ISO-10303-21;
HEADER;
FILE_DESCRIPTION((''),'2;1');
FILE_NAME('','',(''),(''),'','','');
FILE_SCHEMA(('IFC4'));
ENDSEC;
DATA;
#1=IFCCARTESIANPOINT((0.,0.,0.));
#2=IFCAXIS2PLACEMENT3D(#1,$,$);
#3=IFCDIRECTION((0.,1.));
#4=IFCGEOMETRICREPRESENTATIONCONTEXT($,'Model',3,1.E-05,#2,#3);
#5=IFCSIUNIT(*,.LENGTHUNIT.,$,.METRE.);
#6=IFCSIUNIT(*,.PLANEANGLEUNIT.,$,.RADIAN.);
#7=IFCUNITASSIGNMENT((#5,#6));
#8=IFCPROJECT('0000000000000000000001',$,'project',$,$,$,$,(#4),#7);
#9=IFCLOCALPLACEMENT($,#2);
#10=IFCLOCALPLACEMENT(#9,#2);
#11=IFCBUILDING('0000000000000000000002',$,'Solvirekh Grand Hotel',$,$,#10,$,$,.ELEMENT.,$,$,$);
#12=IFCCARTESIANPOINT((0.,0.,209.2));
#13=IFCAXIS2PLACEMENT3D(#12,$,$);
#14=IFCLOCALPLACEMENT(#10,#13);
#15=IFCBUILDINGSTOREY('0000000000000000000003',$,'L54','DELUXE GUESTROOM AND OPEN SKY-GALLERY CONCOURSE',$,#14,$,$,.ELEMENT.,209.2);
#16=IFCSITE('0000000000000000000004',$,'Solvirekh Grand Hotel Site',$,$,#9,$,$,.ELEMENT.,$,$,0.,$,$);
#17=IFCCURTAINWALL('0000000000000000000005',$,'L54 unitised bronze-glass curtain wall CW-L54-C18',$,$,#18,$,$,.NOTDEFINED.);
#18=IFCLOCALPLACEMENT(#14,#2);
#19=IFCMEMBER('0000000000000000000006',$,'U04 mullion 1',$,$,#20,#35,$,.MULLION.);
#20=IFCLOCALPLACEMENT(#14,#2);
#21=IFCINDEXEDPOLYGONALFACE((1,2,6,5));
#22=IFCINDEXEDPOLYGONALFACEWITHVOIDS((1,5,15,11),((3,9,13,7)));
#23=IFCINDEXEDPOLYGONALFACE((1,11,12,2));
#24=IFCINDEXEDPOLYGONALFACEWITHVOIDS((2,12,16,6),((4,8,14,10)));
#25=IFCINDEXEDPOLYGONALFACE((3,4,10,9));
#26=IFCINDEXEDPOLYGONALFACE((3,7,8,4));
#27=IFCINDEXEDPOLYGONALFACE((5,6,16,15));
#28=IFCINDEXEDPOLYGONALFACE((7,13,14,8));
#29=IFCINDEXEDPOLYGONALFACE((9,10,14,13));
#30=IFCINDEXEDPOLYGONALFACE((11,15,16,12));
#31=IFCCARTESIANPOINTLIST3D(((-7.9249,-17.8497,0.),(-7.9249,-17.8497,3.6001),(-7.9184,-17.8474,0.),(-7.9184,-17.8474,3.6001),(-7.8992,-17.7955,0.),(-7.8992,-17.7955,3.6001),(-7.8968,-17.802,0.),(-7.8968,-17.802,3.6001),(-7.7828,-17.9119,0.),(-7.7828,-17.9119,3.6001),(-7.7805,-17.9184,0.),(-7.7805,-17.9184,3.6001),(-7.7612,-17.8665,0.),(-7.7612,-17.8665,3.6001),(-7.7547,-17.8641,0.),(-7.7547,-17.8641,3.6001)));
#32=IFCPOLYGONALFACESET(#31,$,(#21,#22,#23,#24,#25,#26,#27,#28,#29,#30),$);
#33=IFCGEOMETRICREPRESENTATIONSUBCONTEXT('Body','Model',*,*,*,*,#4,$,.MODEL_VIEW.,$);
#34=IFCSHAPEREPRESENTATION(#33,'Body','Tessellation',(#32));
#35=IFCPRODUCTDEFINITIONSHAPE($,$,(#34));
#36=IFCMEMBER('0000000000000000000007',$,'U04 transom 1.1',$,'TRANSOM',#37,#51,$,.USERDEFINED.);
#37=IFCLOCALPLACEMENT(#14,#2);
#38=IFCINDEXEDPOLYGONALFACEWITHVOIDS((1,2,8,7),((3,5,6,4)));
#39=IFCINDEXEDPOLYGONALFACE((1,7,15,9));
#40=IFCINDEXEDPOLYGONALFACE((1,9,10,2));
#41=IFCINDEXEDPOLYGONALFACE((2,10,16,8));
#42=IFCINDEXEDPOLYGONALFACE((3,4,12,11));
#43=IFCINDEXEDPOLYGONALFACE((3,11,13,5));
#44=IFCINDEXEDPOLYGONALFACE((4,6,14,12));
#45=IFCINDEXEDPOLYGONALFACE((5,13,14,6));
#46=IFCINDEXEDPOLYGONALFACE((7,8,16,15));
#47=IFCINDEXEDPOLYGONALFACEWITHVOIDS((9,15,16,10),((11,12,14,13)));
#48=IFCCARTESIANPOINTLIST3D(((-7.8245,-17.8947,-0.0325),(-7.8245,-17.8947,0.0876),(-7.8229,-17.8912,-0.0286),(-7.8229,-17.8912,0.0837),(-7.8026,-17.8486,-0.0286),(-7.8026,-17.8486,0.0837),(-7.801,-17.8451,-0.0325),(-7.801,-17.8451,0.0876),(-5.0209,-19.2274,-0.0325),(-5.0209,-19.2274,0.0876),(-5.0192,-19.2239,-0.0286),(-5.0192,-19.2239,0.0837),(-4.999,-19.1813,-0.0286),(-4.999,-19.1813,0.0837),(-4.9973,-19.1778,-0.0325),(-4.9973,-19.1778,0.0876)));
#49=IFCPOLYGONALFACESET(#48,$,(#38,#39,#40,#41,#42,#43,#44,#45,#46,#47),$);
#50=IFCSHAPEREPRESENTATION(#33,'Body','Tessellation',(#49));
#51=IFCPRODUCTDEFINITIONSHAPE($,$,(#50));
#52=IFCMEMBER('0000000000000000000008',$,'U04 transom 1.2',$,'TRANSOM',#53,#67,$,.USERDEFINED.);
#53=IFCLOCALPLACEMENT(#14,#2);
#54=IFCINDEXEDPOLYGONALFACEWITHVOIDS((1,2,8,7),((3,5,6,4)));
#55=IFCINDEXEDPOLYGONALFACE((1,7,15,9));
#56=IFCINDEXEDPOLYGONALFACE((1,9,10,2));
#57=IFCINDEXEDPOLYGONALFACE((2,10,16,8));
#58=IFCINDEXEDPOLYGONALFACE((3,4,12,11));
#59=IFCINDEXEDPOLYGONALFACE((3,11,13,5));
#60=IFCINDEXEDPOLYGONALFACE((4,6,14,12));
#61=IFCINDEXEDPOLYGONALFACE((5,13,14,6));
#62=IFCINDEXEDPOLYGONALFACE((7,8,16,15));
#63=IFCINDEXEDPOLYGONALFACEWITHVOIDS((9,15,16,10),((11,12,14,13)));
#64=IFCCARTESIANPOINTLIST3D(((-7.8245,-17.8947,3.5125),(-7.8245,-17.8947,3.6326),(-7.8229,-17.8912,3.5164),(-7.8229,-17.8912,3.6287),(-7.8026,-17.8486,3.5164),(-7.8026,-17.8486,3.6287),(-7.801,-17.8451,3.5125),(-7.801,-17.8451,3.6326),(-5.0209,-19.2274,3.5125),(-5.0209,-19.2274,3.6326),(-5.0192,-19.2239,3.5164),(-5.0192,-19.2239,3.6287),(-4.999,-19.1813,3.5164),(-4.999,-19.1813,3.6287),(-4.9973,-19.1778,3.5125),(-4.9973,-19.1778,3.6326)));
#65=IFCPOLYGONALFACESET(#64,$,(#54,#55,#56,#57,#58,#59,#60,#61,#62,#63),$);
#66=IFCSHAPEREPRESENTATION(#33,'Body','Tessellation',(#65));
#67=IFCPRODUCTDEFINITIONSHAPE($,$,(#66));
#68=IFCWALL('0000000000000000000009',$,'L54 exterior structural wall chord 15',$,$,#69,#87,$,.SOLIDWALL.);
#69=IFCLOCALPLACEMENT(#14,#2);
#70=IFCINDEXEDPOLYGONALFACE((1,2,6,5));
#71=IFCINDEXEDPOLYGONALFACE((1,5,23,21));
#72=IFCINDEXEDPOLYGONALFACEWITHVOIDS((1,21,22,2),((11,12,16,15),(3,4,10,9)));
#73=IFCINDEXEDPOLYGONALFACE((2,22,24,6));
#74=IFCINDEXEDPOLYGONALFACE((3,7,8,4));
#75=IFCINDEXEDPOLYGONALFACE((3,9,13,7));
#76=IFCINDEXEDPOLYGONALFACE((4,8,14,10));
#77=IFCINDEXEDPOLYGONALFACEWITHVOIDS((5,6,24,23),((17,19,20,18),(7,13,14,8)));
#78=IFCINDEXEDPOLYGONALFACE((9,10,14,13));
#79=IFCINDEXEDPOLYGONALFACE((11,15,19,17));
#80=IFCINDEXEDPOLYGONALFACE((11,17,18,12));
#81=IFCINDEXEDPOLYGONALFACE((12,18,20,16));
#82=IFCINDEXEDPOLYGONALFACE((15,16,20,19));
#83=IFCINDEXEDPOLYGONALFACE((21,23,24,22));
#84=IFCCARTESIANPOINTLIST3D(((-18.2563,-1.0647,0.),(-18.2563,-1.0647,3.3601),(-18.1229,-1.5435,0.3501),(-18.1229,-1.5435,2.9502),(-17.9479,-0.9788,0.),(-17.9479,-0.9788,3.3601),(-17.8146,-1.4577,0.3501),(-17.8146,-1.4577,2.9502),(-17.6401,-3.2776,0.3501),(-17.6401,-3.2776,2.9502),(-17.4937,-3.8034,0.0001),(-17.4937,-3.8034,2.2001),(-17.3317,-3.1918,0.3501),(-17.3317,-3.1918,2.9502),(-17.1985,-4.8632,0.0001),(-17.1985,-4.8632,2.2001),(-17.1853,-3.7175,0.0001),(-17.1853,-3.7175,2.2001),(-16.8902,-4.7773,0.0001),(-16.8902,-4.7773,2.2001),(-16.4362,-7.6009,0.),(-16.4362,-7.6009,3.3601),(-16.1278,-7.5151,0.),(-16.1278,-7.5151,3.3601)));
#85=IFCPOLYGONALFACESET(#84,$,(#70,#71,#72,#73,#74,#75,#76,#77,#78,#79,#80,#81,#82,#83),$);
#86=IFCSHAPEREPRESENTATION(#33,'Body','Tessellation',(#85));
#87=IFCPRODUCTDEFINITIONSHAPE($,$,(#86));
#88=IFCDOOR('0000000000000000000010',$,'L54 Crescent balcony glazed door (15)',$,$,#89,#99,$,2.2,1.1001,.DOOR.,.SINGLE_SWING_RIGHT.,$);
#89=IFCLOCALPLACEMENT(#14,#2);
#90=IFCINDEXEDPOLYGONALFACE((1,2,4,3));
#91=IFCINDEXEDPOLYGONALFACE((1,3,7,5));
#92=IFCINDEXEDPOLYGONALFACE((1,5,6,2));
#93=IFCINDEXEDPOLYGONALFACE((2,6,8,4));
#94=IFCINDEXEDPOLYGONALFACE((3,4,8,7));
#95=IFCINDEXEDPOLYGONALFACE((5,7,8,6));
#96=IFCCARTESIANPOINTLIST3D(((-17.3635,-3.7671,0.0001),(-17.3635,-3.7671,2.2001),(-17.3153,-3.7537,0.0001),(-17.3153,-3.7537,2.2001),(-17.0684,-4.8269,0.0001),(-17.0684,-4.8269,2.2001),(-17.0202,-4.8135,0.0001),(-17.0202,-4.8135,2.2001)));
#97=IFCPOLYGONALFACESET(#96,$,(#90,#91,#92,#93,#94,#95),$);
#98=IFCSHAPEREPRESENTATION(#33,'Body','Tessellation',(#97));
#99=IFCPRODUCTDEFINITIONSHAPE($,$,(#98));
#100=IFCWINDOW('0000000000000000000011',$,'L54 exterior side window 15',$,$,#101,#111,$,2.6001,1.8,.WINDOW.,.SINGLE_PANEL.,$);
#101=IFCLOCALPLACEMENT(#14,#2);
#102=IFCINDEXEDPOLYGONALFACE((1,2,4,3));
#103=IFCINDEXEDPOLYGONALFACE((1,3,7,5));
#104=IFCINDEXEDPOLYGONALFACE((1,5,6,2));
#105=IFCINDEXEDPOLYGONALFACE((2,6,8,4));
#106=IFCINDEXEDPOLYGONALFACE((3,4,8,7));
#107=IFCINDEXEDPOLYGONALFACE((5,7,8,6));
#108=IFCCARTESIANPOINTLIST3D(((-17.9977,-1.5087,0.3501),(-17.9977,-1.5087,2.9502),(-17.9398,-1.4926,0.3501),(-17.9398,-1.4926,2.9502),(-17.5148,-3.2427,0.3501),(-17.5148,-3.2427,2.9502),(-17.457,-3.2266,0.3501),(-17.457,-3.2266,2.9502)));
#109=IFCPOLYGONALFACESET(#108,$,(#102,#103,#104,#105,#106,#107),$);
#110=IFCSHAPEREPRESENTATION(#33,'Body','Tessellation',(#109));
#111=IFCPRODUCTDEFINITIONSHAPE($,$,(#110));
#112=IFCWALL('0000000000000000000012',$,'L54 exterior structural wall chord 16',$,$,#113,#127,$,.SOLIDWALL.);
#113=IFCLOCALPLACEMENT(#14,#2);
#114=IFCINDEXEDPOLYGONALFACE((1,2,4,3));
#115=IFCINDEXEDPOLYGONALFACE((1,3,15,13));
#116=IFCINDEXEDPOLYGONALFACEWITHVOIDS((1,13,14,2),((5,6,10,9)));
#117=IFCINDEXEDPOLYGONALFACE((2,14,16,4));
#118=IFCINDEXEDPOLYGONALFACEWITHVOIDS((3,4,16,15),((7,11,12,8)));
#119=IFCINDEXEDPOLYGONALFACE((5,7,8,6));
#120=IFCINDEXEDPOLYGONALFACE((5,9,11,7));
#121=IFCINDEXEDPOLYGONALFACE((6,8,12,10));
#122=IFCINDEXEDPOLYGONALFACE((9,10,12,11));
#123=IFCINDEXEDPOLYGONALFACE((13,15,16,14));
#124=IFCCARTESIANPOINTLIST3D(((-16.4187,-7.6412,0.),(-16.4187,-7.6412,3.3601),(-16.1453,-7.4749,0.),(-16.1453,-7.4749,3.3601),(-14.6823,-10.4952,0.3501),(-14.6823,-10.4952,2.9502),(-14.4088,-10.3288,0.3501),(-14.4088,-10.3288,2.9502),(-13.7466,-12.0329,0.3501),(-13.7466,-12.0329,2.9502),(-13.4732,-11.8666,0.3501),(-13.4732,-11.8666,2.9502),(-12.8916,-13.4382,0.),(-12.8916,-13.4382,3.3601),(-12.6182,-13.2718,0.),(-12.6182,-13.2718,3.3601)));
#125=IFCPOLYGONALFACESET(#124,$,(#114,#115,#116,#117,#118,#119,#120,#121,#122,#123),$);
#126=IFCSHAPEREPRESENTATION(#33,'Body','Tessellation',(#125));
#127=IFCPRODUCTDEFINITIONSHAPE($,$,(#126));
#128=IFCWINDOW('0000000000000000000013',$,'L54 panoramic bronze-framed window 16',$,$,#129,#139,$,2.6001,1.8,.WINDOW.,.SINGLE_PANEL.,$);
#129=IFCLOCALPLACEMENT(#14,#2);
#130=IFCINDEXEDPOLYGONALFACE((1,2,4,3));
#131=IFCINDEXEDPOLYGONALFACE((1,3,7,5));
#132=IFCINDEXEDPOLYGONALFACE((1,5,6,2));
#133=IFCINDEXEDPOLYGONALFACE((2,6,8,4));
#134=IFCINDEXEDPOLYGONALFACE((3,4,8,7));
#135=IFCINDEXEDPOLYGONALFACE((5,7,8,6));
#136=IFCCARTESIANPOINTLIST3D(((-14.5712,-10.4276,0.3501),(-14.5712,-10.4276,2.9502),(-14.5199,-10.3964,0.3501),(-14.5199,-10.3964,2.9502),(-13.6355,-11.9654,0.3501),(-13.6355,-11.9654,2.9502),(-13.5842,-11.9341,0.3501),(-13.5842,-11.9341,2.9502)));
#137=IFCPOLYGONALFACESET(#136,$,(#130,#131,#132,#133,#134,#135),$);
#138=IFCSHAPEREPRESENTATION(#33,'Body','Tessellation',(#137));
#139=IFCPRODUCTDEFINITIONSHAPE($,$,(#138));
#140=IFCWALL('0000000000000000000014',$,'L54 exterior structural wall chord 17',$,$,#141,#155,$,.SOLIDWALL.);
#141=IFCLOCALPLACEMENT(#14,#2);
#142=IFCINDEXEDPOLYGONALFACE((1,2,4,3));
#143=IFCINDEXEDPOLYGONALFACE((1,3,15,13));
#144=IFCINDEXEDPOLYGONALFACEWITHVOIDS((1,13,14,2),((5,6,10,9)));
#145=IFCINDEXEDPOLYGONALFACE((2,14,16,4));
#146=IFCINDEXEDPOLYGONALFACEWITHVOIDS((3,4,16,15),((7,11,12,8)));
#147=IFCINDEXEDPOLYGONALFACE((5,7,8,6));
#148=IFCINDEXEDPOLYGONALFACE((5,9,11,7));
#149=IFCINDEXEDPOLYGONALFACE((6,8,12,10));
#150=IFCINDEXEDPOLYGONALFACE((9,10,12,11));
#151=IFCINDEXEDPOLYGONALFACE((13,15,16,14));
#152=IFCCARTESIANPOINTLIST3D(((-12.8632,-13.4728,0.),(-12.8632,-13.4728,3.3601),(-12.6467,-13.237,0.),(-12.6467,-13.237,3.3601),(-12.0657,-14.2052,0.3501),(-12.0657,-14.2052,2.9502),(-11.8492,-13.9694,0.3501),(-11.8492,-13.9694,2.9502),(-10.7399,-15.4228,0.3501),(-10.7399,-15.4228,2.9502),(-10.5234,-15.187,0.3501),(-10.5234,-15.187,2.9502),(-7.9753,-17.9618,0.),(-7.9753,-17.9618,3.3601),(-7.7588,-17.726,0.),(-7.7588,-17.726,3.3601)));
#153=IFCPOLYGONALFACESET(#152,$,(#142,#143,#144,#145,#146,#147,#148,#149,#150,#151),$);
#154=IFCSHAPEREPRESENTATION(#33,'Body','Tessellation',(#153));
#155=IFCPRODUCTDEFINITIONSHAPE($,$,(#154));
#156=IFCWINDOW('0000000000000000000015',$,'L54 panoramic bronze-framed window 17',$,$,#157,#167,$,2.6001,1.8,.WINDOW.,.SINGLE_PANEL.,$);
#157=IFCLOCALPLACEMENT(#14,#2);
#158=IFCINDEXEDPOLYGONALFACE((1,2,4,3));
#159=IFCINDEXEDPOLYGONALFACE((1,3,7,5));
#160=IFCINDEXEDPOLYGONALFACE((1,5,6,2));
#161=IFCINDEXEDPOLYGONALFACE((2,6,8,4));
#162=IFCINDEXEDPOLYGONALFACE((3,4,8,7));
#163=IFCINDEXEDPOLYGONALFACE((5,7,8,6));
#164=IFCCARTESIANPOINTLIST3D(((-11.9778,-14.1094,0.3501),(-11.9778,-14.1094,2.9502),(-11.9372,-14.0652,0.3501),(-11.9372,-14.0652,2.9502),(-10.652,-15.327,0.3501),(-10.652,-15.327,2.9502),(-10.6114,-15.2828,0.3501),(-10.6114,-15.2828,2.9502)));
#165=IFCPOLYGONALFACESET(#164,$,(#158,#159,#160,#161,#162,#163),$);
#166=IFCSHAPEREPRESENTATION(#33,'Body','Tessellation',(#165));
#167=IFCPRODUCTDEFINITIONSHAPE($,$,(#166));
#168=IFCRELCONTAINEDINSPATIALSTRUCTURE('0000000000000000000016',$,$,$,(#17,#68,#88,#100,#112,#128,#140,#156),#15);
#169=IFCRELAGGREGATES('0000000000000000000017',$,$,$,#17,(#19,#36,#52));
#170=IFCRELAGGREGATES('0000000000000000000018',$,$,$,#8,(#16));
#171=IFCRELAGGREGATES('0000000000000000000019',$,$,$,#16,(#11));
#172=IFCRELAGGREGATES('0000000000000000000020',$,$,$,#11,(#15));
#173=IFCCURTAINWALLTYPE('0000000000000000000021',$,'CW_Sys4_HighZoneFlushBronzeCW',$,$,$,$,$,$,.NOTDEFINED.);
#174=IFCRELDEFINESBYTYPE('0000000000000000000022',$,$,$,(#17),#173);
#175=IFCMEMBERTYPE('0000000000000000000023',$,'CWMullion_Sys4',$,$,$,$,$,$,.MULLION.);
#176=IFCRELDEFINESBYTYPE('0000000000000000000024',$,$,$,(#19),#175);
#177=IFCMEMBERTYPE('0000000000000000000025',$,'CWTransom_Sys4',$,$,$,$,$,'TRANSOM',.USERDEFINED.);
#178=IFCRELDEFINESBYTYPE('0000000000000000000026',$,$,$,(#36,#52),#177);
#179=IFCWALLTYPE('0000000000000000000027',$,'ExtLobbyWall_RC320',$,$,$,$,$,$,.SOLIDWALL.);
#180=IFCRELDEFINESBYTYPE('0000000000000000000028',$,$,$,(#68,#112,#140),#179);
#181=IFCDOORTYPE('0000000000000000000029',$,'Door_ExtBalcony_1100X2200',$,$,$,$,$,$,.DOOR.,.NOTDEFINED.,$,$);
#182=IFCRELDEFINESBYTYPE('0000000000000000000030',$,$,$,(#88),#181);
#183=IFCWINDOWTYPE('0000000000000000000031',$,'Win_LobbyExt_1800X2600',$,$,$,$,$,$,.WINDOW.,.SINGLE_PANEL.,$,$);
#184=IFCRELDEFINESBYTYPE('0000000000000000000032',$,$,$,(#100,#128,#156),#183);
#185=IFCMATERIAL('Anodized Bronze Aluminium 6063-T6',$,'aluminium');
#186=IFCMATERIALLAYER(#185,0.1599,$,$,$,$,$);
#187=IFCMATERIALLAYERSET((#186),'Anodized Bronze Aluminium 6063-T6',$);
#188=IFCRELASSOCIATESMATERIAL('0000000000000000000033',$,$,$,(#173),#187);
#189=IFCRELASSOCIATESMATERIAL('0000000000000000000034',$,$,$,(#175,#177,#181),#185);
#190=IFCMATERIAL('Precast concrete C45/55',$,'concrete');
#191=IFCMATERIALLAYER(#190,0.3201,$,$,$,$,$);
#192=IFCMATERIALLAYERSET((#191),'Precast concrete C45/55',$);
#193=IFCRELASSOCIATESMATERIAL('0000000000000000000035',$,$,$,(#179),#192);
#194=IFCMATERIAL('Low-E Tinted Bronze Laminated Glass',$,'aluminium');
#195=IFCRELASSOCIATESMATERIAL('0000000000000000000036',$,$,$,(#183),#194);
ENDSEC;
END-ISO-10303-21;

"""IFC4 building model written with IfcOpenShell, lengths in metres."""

from ifc_helpers import new_model, si_unit, direction, frame, frame_2d, origin, origin_2d, place, context, subcontext, project, spatial, rectangle, hollow_rectangle, extrude, source, transform, mapped, material, layer, layer_set, material_profile, profile_set, type_object, element, fill, aggregate, save


model = new_model("IFC4")

# Units and contexts
model_context = context("Model", 3, precision=1e-05, world=origin(), true_north=direction((0.0, 1.0)))
body_context = subcontext(model_context, "Body", "Model", "MODEL_VIEW")
ifc_project = project(units=[si_unit("LENGTHUNIT", "METRE"), si_unit("PLANEANGLEUNIT", "RADIAN")], contexts=[model_context])

# Site, building, storey
site_placement = place(None, origin())
site = spatial("IfcSite", under=ifc_project, at=site_placement, Name="Solvirekh Grand Hotel Site", CompositionType="ELEMENT", RefElevation=0.0)
building_placement = place(site_placement, origin())
building = spatial("IfcBuilding", under=site, at=building_placement, Name="Solvirekh Grand Hotel", CompositionType="ELEMENT")
storey_placement = place(building_placement, frame((0.0, 0.0, 209.2)))
storey = spatial("IfcBuildingStorey", under=building, at=storey_placement, Name="L54", Description="DELUXE GUESTROOM AND OPEN SKY-GALLERY CONCOURSE", CompositionType="ELEMENT", Elevation=209.2)

# Curtain wall, members
ifc_material_1 = material(Name="Anodized Bronze Aluminium 6063-T6", Category="aluminium")
ifc_layer_1 = layer(ifc_material_1, 0.1599)
ifc_layer_set_1 = layer_set([ifc_layer_1], Name="Anodized Bronze Aluminium 6063-T6")
curtain_wall_type = type_object("IfcCurtainWallType", Name="CW_Sys4_HighZoneFlushBronzeCW", PredefinedType="NOTDEFINED", material=ifc_layer_set_1)
curtain_wall_placement = place(storey_placement, origin())
curtain_wall = element("IfcCurtainWall", 1, at=curtain_wall_placement, inside=storey, type_object=curtain_wall_type, Name="L54 unitised bronze-glass curtain wall CW-L54-C18", PredefinedType="NOTDEFINED")
ifc_material_profile_1 = material_profile(ifc_material_1, hollow_rectangle(XDim=0.0601, YDim=0.1599, WallThickness=0.0049, at=origin_2d()), Name="ALU RHS 160X60X5")
ifc_profile_set_1 = profile_set([ifc_material_profile_1], Name="Anodized Bronze Aluminium 6063-T6")
member_type_1 = type_object("IfcMemberType", Name="CWMullion_Sys4", PredefinedType="MULLION", material=ifc_profile_set_1)
shared_shape_1 = source(origin(), body_context, "Body", "SweptSolid", [
    extrude(hollow_rectangle(XDim=0.0601, YDim=0.1599, WallThickness=0.0049, at=origin_2d()), origin(), (0.0, 0.0, 1.0), 3.6001),
])
member_1_placement = place(storey_placement, frame((-7.8398, -17.8569, 0.0), z_axis=(0.0, 0.0, 1.0), x_axis=(0.429344, 0.903141, 0.0)))
member_1 = element("IfcMember", 2, at=member_1_placement, type_object=member_type_1, Name="U04 mullion 1", PredefinedType="MULLION", context=body_context, shape_type="MappedRepresentation", body=[
    mapped(shared_shape_1, transform((0.0, 0.0, 0.0), x_axis=(1.0, 0.0, 0.0), y_axis=(0.0, 1.0, 0.0), z_axis=(0.0, 0.0, 1.0), scale=1.0)),
])
ifc_material_profile_2 = material_profile(ifc_material_1, hollow_rectangle(XDim=0.0549, YDim=0.1201, WallThickness=0.0039, at=origin_2d()), Name="ALU RHS 120X55X4")
ifc_profile_set_2 = profile_set([ifc_material_profile_2], Name="Anodized Bronze Aluminium 6063-T6")
member_type_2 = type_object("IfcMemberType", Name="CWTransom_Sys4", ElementType="TRANSOM", PredefinedType="USERDEFINED", material=ifc_profile_set_2)
shared_shape_2 = source(origin(), body_context, "Body", "SweptSolid", [
    extrude(hollow_rectangle(XDim=0.0549, YDim=0.1201, WallThickness=0.0039, at=origin_2d()), origin(), (0.0, 0.0, 1.0), 3.1042),
])
member_2_placement = place(storey_placement, frame((-7.8127, -17.8699, 0.0276), z_axis=(0.903153, -0.42932, 0.0), x_axis=(0.42932, 0.903153, 0.0)))
member_2 = element("IfcMember", 3, at=member_2_placement, type_object=member_type_2, Name="U04 transom 1.1", ObjectType="TRANSOM", PredefinedType="USERDEFINED", context=body_context, shape_type="MappedRepresentation", body=[
    mapped(shared_shape_2, transform((0.0, 0.0, 0.0), x_axis=(1.0, 0.0, 0.0), y_axis=(0.0, 1.0, 0.0), z_axis=(0.0, 0.0, 1.0), scale=1.0)),
])
member_3_placement = place(storey_placement, frame((-7.8127, -17.8699, 3.5725), z_axis=(0.903153, -0.42932, 0.0), x_axis=(0.42932, 0.903153, 0.0)))
member_3 = element("IfcMember", 4, at=member_3_placement, type_object=member_type_2, Name="U04 transom 1.2", ObjectType="TRANSOM", PredefinedType="USERDEFINED", context=body_context, shape_type="MappedRepresentation", body=[
    mapped(shared_shape_2, transform((0.0, 0.0, 0.0), x_axis=(1.0, 0.0, 0.0), y_axis=(0.0, 1.0, 0.0), z_axis=(0.0, 0.0, 1.0), scale=1.0)),
])
aggregate(curtain_wall, [member_1, member_2, member_3])

# Wall, openings, door, window
ifc_material_2 = material(Name="Precast concrete C45/55", Category="concrete")
ifc_layer_2 = layer(ifc_material_2, 0.3201)
ifc_layer_set_2 = layer_set([ifc_layer_2], Name="Precast concrete C45/55")
wall_type_1 = type_object("IfcWallType", Name="ExtLobbyWall_RC320", PredefinedType="SOLIDWALL", material=ifc_layer_set_2)
wall_1_placement = place(storey_placement, frame((-16.282, -7.5581, 0.0), z_axis=(0.0, 0.0, 1.0), x_axis=(-0.268256, 0.963348, 0.0)))
wall_1 = element("IfcWall", 5, at=wall_1_placement, inside=storey, type_object=wall_type_1, Name="L54 exterior structural wall chord 15", PredefinedType="SOLIDWALL", context=body_context, shape_type="SweptSolid", body=[
    extrude(rectangle(XDim=6.7849, YDim=0.3201, at=frame_2d((3.3926, 0.0))), origin(), (0.0, 0.0, 1.0), 3.3601),
])
opening_1_placement = place(wall_1_placement, frame((4.488, 0.0, 0.3501)))
opening_1 = element("IfcOpeningElement", 6, at=opening_1_placement, cuts=wall_1, PredefinedType="OPENING", context=body_context, shape_type="SweptSolid", body=[
    extrude(rectangle(XDim=1.8, YDim=2.6001, at=frame_2d((0.8999, 1.3))), frame((0.0, 0.1699, 0.0), z_axis=(0.0, -1.0, 0.0), x_axis=(1.0, 0.0, 0.0)), (0.0, 0.0, 1.0), 0.3401),
])
opening_2_placement = place(wall_1_placement, frame((2.842, 0.0, 0.0)))
opening_2 = element("IfcOpeningElement", 7, at=opening_2_placement, cuts=wall_1, PredefinedType="OPENING", context=body_context, shape_type="SweptSolid", body=[
    extrude(rectangle(XDim=1.1001, YDim=2.2, at=frame_2d((0.55, 1.1001))), frame((0.0, 0.1699, 0.0), z_axis=(0.0, -1.0, 0.0), x_axis=(1.0, 0.0, 0.0)), (0.0, 0.0, 1.0), 0.3401),
])
door_type_1 = type_object("IfcDoorType", Name="Door_ExtBalcony_1100X2200", OperationType="NOTDEFINED", PredefinedType="DOOR", material=ifc_material_1)
door_1_placement = place(opening_2_placement, origin())
door_1 = element("IfcDoor", 8, at=door_1_placement, inside=storey, type_object=door_type_1, Name="L54 Crescent balcony glazed door (15)", OperationType="SINGLE_SWING_RIGHT", OverallHeight=2.2, OverallWidth=1.1001, PredefinedType="DOOR", context=body_context, shape_type="SweptSolid", body=[
    extrude(rectangle(XDim=1.1001, YDim=2.2, at=frame_2d((0.55, 1.1001))), frame((0.0, 0.0249, 0.0), z_axis=(0.0, -1.0, 0.0), x_axis=(1.0, 0.0, 0.0)), (0.0, 0.0, 1.0), 0.05),
])
fill(opening_2, door_1)
ifc_material_3 = material(Name="Low-E Tinted Bronze Laminated Glass", Category="aluminium")
window_type = type_object("IfcWindowType", Name="Win_LobbyExt_1800X2600", PartitioningType="SINGLE_PANEL", PredefinedType="WINDOW", material=ifc_material_3)
window_1_placement = place(opening_1_placement, origin())
window_1 = element("IfcWindow", 9, at=window_1_placement, inside=storey, type_object=window_type, Name="L54 exterior side window 15", OverallHeight=2.6001, OverallWidth=1.8, PartitioningType="SINGLE_PANEL", PredefinedType="WINDOW", context=body_context, shape_type="SweptSolid", body=[
    extrude(rectangle(XDim=1.8, YDim=2.6001, at=frame_2d((0.8999, 1.3))), frame((0.0, 0.03, 0.0), z_axis=(0.0, -1.0, 0.0), x_axis=(1.0, 0.0, 0.0)), (0.0, 0.0, 1.0), 0.0601),
])
fill(opening_1, window_1)

# Walls, openings, windows
wall_2_placement = place(storey_placement, frame((-12.7549, -13.355, 0.0), z_axis=(0.0, 0.0, 1.0), x_axis=(-0.519793, 0.854292, 0.0)))
wall_2 = element("IfcWall", 10, at=wall_2_placement, inside=storey, type_object=wall_type_1, Name="L54 exterior structural wall chord 16", PredefinedType="SOLIDWALL", context=body_context, shape_type="SweptSolid", body=[
    extrude(rectangle(XDim=6.7856, YDim=0.3201, at=frame_2d((3.3928, 0.0))), origin(), (0.0, 0.0, 1.0), 3.3601),
])
opening_3_placement = place(wall_2_placement, frame((1.645, 0.0, 0.3501)))
opening_3 = element("IfcOpeningElement", 11, at=opening_3_placement, cuts=wall_2, PredefinedType="OPENING", context=body_context, shape_type="SweptSolid", body=[
    extrude(rectangle(XDim=1.8, YDim=2.6001, at=frame_2d((0.8999, 1.3))), frame((0.0, 0.1699, 0.0), z_axis=(0.0, -1.0, 0.0), x_axis=(1.0, 0.0, 0.0)), (0.0, 0.0, 1.0), 0.3401),
])
window_2_placement = place(opening_3_placement, origin())
window_2 = element("IfcWindow", 12, at=window_2_placement, inside=storey, type_object=window_type, Name="L54 panoramic bronze-framed window 16", OverallHeight=2.6001, OverallWidth=1.8, PartitioningType="SINGLE_PANEL", PredefinedType="WINDOW", context=body_context, shape_type="SweptSolid", body=[
    extrude(rectangle(XDim=1.8, YDim=2.6001, at=frame_2d((0.8999, 1.3))), frame((0.0, 0.03, 0.0), z_axis=(0.0, -1.0, 0.0), x_axis=(1.0, 0.0, 0.0)), (0.0, 0.0, 1.0), 0.0601),
])
fill(opening_3, window_2)
wall_3_placement = place(storey_placement, frame((-7.8669, -17.844, 0.0), z_axis=(0.0, 0.0, 1.0), x_axis=(-0.736523, 0.676412, 0.0)))
wall_3 = element("IfcWall", 13, at=wall_3_placement, inside=storey, type_object=wall_type_1, Name="L54 exterior structural wall chord 17", PredefinedType="SOLIDWALL", context=body_context, shape_type="SweptSolid", body=[
    extrude(rectangle(XDim=6.6365, YDim=0.3201, at=frame_2d((3.3184, 0.0))), origin(), (0.0, 0.0, 1.0), 3.3601),
])
opening_4_placement = place(wall_3_placement, frame((3.7539, 0.0, 0.3501)))
opening_4 = element("IfcOpeningElement", 14, at=opening_4_placement, cuts=wall_3, PredefinedType="OPENING", context=body_context, shape_type="SweptSolid", body=[
    extrude(rectangle(XDim=1.8, YDim=2.6001, at=frame_2d((0.8999, 1.3))), frame((0.0, 0.1699, 0.0), z_axis=(0.0, -1.0, 0.0), x_axis=(1.0, 0.0, 0.0)), (0.0, 0.0, 1.0), 0.3401),
])
window_3_placement = place(opening_4_placement, origin())
window_3 = element("IfcWindow", 15, at=window_3_placement, inside=storey, type_object=window_type, Name="L54 panoramic bronze-framed window 17", OverallHeight=2.6001, OverallWidth=1.8, PartitioningType="SINGLE_PANEL", PredefinedType="WINDOW", context=body_context, shape_type="SweptSolid", body=[
    extrude(rectangle(XDim=1.8, YDim=2.6001, at=frame_2d((0.8999, 1.3))), frame((0.0, 0.03, 0.0), z_axis=(0.0, -1.0, 0.0), x_axis=(1.0, 0.0, 0.0)), (0.0, 0.0, 1.0), 0.0601),
])
fill(opening_4, window_3)

save(model, "model.ifc")
